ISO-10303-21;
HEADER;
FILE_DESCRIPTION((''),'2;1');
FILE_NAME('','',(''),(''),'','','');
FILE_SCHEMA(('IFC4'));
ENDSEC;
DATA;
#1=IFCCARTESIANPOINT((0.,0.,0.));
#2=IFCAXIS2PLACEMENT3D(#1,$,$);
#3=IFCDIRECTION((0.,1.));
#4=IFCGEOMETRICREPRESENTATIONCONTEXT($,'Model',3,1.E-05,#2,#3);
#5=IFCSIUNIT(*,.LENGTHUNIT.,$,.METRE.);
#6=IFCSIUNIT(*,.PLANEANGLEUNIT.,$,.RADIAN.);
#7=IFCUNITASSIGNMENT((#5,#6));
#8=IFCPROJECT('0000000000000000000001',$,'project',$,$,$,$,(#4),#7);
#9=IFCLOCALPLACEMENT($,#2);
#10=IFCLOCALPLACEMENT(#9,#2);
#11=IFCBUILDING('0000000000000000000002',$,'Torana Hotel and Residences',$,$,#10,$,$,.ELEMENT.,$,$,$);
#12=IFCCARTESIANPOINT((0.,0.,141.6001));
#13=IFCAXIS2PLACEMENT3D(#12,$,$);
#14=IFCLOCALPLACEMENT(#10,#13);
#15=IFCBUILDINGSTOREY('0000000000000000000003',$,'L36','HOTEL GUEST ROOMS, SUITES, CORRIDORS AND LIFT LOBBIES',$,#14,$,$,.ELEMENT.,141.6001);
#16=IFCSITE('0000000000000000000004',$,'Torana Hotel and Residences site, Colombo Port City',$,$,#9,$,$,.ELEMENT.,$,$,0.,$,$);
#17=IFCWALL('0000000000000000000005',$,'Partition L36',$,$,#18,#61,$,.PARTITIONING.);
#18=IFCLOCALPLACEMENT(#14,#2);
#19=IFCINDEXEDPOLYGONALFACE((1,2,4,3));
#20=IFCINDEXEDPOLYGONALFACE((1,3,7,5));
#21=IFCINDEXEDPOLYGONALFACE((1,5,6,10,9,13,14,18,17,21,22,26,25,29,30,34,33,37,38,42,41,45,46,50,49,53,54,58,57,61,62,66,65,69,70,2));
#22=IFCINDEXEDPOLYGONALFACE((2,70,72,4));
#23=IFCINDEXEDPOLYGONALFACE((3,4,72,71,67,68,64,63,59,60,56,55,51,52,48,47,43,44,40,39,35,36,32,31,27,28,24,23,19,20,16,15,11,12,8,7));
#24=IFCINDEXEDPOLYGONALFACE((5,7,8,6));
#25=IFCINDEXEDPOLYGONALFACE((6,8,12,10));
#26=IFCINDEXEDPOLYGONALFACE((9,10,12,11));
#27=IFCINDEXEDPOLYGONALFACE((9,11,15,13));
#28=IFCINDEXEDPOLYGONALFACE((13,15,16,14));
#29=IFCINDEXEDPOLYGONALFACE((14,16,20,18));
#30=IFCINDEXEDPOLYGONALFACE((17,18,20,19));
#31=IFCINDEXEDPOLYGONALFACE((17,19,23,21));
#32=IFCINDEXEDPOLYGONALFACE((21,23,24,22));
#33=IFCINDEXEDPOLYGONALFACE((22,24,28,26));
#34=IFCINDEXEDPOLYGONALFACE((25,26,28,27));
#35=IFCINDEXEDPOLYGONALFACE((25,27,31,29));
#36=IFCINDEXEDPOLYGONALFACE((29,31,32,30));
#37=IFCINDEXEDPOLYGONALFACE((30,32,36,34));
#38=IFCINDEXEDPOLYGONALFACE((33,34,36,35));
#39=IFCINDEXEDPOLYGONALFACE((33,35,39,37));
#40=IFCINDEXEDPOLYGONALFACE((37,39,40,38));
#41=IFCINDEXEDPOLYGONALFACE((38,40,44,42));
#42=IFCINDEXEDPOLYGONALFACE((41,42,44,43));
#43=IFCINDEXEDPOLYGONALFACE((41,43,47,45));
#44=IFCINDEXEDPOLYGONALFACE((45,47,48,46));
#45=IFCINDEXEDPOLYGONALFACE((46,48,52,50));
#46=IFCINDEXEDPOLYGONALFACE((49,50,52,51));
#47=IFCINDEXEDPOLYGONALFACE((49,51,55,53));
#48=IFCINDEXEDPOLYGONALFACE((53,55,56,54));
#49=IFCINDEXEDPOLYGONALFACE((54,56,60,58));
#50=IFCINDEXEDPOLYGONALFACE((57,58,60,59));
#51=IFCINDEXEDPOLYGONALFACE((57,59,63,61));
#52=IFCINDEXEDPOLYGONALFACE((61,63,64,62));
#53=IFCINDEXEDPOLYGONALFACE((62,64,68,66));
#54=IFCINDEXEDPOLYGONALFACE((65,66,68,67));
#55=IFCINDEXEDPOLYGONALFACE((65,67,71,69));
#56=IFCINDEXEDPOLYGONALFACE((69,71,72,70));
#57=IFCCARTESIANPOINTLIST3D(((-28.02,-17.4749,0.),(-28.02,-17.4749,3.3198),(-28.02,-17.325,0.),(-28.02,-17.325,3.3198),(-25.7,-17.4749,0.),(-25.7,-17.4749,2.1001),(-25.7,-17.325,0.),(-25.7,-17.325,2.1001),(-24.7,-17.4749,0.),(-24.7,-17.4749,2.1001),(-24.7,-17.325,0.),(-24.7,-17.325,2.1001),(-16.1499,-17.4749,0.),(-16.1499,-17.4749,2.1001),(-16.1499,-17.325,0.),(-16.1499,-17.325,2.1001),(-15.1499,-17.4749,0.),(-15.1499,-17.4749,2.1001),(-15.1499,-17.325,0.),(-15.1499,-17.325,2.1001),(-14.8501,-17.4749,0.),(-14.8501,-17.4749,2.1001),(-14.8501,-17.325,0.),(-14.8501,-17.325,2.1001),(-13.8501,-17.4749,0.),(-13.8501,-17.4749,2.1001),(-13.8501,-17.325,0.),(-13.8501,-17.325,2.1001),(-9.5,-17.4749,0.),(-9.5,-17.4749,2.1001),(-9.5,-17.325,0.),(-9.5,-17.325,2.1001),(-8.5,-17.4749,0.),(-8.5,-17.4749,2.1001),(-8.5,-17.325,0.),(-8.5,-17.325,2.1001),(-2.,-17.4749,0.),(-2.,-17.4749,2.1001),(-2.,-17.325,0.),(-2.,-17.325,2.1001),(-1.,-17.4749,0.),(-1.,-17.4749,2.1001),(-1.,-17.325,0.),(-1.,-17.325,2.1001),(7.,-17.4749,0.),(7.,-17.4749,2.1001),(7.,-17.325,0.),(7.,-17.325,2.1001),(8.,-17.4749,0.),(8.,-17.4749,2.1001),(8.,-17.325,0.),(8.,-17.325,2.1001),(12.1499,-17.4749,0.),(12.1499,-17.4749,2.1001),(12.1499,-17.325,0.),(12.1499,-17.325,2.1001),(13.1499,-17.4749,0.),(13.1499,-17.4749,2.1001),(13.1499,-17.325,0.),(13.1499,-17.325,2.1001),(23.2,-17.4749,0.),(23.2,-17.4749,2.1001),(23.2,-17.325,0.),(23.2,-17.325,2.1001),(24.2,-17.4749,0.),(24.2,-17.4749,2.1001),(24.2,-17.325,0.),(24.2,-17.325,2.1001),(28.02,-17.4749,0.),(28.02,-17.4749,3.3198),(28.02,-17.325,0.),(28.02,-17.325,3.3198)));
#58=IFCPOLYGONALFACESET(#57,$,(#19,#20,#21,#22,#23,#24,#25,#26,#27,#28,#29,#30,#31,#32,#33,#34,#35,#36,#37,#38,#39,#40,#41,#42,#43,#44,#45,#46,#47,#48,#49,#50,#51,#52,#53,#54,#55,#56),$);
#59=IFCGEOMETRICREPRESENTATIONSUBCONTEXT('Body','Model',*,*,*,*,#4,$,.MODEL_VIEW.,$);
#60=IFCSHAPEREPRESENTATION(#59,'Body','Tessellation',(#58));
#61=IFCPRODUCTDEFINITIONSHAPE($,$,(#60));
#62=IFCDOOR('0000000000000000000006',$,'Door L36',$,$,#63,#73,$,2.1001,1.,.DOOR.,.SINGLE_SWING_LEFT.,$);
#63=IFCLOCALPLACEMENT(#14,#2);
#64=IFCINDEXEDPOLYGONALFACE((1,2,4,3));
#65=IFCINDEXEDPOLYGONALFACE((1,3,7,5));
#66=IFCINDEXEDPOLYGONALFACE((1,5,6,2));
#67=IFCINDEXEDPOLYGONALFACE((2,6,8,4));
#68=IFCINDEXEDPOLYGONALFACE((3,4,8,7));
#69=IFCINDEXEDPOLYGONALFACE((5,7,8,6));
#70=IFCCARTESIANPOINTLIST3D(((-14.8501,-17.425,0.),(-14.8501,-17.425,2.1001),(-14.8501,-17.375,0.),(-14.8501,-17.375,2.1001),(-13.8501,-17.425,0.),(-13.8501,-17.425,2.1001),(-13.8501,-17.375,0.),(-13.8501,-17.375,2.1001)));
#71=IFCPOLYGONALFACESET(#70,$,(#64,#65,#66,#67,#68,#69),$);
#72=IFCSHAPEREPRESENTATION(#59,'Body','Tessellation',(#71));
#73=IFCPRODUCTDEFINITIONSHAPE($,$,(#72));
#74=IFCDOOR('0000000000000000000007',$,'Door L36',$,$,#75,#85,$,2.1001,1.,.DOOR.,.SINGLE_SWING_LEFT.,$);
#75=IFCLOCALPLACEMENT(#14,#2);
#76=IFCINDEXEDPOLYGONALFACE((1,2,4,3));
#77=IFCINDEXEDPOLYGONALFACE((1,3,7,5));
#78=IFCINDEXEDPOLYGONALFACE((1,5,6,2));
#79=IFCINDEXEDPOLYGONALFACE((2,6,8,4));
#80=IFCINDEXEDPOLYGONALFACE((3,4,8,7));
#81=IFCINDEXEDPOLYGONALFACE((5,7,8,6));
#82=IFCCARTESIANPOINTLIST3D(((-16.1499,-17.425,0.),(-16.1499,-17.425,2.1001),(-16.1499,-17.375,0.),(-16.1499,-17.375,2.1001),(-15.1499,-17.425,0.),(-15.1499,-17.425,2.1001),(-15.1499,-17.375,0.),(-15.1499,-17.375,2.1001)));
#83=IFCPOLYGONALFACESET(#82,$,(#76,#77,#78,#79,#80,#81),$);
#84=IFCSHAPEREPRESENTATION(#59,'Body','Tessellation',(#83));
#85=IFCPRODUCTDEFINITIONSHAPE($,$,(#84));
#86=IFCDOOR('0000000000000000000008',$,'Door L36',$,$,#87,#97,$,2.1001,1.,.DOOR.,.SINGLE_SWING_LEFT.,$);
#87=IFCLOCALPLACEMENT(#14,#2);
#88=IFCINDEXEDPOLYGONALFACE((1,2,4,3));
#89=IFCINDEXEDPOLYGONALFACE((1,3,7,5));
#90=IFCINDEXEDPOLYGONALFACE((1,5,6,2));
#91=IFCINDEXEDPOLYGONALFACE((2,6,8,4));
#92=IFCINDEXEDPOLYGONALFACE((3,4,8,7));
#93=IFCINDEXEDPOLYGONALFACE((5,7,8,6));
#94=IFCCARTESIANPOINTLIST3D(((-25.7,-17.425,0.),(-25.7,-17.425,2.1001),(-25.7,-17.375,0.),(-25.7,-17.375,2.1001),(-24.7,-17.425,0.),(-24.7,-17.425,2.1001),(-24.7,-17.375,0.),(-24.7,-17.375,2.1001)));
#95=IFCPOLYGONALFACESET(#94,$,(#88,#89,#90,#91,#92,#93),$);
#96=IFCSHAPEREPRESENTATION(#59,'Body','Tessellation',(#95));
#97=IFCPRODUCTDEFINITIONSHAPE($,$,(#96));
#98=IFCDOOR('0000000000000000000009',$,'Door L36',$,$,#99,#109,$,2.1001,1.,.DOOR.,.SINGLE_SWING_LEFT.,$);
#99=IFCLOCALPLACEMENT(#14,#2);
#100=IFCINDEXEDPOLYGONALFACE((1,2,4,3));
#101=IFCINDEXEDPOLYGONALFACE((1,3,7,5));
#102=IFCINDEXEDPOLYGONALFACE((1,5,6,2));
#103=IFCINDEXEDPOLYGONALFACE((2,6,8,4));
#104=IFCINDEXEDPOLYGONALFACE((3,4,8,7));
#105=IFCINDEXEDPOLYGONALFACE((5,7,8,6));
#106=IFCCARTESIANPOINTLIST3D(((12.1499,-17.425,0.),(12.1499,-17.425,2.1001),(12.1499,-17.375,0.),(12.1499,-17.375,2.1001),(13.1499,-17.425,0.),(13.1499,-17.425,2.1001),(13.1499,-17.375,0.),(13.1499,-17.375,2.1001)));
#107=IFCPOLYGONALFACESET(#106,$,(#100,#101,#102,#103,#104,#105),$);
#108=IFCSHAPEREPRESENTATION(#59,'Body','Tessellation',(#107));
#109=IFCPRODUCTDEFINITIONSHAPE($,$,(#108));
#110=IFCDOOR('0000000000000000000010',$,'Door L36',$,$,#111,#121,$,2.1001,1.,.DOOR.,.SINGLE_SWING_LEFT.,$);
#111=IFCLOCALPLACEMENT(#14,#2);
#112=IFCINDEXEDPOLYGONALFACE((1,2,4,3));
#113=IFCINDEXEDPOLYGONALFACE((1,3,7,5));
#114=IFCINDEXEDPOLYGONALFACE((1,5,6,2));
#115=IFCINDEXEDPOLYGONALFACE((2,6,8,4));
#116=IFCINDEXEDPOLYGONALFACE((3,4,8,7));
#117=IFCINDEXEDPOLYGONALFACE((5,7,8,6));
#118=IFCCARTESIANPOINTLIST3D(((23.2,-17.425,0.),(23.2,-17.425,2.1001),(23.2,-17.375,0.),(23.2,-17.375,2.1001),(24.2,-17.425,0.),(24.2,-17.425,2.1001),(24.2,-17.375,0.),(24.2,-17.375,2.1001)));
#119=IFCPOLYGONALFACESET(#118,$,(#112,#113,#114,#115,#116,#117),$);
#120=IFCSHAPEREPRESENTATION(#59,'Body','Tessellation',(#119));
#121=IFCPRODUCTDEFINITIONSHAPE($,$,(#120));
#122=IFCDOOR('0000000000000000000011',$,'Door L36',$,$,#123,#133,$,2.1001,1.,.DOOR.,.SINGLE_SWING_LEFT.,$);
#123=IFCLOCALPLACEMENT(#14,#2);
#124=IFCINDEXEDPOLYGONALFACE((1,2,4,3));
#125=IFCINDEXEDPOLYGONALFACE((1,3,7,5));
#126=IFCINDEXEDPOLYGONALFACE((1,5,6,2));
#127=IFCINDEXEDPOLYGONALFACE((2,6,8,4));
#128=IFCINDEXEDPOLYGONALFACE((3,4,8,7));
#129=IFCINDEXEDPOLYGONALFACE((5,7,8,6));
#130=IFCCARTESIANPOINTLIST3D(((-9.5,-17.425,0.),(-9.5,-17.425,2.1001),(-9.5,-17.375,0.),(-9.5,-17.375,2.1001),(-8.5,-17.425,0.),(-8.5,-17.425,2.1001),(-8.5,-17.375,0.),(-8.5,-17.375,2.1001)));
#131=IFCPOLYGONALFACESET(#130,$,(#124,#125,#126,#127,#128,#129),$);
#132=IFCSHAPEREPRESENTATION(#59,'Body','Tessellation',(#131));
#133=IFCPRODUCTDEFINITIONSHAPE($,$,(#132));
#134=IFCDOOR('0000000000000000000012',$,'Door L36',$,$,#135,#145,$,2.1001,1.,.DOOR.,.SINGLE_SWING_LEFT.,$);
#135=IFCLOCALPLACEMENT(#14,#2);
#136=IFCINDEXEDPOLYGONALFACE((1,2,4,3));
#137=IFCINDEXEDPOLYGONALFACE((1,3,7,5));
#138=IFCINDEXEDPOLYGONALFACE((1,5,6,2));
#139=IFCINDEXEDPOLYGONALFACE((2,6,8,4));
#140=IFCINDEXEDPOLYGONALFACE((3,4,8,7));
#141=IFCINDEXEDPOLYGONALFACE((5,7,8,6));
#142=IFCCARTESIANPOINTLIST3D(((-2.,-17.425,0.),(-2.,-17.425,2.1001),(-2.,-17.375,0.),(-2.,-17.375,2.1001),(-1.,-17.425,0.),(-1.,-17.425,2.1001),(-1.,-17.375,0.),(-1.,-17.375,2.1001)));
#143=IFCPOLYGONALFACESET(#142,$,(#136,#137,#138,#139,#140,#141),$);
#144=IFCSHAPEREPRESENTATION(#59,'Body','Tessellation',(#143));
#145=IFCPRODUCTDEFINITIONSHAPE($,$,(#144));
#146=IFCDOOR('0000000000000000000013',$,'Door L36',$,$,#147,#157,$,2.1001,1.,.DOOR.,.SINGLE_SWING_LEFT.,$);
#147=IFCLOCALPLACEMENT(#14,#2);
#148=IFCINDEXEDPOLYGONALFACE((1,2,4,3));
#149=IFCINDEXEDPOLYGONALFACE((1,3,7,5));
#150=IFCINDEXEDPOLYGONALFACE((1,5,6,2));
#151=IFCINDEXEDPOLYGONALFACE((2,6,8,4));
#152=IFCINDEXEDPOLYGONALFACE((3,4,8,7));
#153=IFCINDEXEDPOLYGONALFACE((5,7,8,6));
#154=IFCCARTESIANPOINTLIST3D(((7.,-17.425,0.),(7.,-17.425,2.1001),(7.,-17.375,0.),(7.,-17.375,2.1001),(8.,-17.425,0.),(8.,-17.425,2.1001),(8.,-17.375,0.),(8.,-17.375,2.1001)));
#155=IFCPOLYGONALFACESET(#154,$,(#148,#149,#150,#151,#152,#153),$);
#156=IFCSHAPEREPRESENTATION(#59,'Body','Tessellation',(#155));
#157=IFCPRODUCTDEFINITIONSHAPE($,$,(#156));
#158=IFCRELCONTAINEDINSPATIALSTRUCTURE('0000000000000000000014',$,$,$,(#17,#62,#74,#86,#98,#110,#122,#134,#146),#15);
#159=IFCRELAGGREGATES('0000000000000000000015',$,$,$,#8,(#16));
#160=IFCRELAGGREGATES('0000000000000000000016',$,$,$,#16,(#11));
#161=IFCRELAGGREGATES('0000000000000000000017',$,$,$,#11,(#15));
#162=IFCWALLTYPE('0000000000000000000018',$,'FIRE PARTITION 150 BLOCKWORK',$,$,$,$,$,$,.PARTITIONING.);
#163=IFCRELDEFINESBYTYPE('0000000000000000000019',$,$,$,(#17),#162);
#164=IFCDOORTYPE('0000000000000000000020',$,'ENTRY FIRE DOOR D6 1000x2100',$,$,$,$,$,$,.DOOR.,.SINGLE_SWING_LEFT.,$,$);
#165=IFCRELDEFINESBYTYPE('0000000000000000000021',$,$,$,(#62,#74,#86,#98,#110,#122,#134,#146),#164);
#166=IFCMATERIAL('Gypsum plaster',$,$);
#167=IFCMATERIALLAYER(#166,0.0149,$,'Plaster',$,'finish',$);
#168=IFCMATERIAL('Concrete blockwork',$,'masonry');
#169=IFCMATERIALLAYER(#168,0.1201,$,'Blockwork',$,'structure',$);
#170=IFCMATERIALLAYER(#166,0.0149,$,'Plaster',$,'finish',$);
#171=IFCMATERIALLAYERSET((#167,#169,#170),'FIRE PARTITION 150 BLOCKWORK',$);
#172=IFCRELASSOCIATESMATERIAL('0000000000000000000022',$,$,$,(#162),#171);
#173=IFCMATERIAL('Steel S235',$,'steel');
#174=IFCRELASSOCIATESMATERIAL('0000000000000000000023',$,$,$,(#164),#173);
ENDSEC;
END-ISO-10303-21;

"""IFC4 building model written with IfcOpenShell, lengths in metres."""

from ifc_helpers import new_model, si_unit, direction, frame, frame_2d, origin, place, context, subcontext, project, spatial, rectangle, extrude, material, layer, layer_set, type_object, element, fill, save


model = new_model("IFC4")

# Units and contexts
model_context = context("Model", 3, precision=1e-05, world=origin(), true_north=direction((0.0, 1.0)))
body_context = subcontext(model_context, "Body", "Model", "MODEL_VIEW")
ifc_project = project(units=[si_unit("LENGTHUNIT", "METRE"), si_unit("PLANEANGLEUNIT", "RADIAN")], contexts=[model_context])

# Site, building, storey
site_placement = place(None, origin())
site = spatial("IfcSite", under=ifc_project, at=site_placement, Name="Torana Hotel and Residences site, Colombo Port City", CompositionType="ELEMENT", RefElevation=0.0)
building_placement = place(site_placement, origin())
building = spatial("IfcBuilding", under=site, at=building_placement, Name="Torana Hotel and Residences", CompositionType="ELEMENT")
storey_placement = place(building_placement, frame((0.0, 0.0, 141.6001)))
storey = spatial("IfcBuildingStorey", under=building, at=storey_placement, Name="L36", Description="HOTEL GUEST ROOMS, SUITES, CORRIDORS AND LIFT LOBBIES", CompositionType="ELEMENT", Elevation=141.6001)

# Wall, openings, doors
ifc_material_1 = material(Name="Gypsum plaster")
ifc_layer_1 = layer(ifc_material_1, 0.0149, Name="Plaster", Category="finish")
ifc_material_2 = material(Name="Concrete blockwork", Category="masonry")
ifc_layer_2 = layer(ifc_material_2, 0.1201, Name="Blockwork", Category="structure")
ifc_layer_3 = layer(ifc_material_1, 0.0149, Name="Plaster", Category="finish")
ifc_layer_set_1 = layer_set([ifc_layer_1, ifc_layer_2, ifc_layer_3], Name="FIRE PARTITION 150 BLOCKWORK")
wall_type_1 = type_object("IfcWallType", Name="FIRE PARTITION 150 BLOCKWORK", PredefinedType="PARTITIONING", material=ifc_layer_set_1)
wall_1_placement = place(storey_placement, frame((-28.02, -17.3999, 0.0), z_axis=(0.0, 0.0, 1.0), x_axis=(1.0, 0.0, 0.0)))
wall_1 = element("IfcWall", 1, at=wall_1_placement, inside=storey, type_object=wall_type_1, Name="Partition L36", PredefinedType="PARTITIONING", context=body_context, shape_type="SweptSolid", body=[
    extrude(rectangle(XDim=56.04, YDim=0.1499, at=frame_2d((28.02, 0.0))), origin(), (0.0, 0.0, 1.0), 3.3198),
])
opening_1_placement = place(wall_1_placement, frame((13.1699, 0.0, 0.0)))
opening_1 = element("IfcOpeningElement", 2, at=opening_1_placement, cuts=wall_1, PredefinedType="OPENING", context=body_context, shape_type="SweptSolid", body=[
    extrude(rectangle(XDim=1.0, YDim=2.1001, at=frame_2d((0.5, 1.05))), frame((0.0, 0.085, 0.0), z_axis=(0.0, -1.0, 0.0), x_axis=(1.0, 0.0, 0.0)), (0.0, 0.0, 1.0), 0.1699),
])
opening_2_placement = place(wall_1_placement, frame((11.8701, 0.0, 0.0)))
opening_2 = element("IfcOpeningElement", 3, at=opening_2_placement, cuts=wall_1, PredefinedType="OPENING", context=body_context, shape_type="SweptSolid", body=[
    extrude(rectangle(XDim=1.0, YDim=2.1001, at=frame_2d((0.5, 1.05))), frame((0.0, 0.085, 0.0), z_axis=(0.0, -1.0, 0.0), x_axis=(1.0, 0.0, 0.0)), (0.0, 0.0, 1.0), 0.1699),
])
opening_3_placement = place(wall_1_placement, frame((2.3201, 0.0, 0.0)))
opening_3 = element("IfcOpeningElement", 4, at=opening_3_placement, cuts=wall_1, PredefinedType="OPENING", context=body_context, shape_type="SweptSolid", body=[
    extrude(rectangle(XDim=1.0, YDim=2.1001, at=frame_2d((0.5, 1.05))), frame((0.0, 0.085, 0.0), z_axis=(0.0, -1.0, 0.0), x_axis=(1.0, 0.0, 0.0)), (0.0, 0.0, 1.0), 0.1699),
])
opening_4_placement = place(wall_1_placement, frame((40.1699, 0.0, 0.0)))
opening_4 = element("IfcOpeningElement", 5, at=opening_4_placement, cuts=wall_1, PredefinedType="OPENING", context=body_context, shape_type="SweptSolid", body=[
    extrude(rectangle(XDim=1.0, YDim=2.1001, at=frame_2d((0.5, 1.05))), frame((0.0, 0.085, 0.0), z_axis=(0.0, -1.0, 0.0), x_axis=(1.0, 0.0, 0.0)), (0.0, 0.0, 1.0), 0.1699),
])
opening_5_placement = place(wall_1_placement, frame((51.22, 0.0, 0.0)))
opening_5 = element("IfcOpeningElement", 6, at=opening_5_placement, cuts=wall_1, PredefinedType="OPENING", context=body_context, shape_type="SweptSolid", body=[
    extrude(rectangle(XDim=1.0, YDim=2.1001, at=frame_2d((0.5, 1.05))), frame((0.0, 0.085, 0.0), z_axis=(0.0, -1.0, 0.0), x_axis=(1.0, 0.0, 0.0)), (0.0, 0.0, 1.0), 0.1699),
])
opening_6_placement = place(wall_1_placement, frame((18.52, 0.0, 0.0)))
opening_6 = element("IfcOpeningElement", 7, at=opening_6_placement, cuts=wall_1, PredefinedType="OPENING", context=body_context, shape_type="SweptSolid", body=[
    extrude(rectangle(XDim=1.0, YDim=2.1001, at=frame_2d((0.5, 1.05))), frame((0.0, 0.085, 0.0), z_axis=(0.0, -1.0, 0.0), x_axis=(1.0, 0.0, 0.0)), (0.0, 0.0, 1.0), 0.1699),
])
opening_7_placement = place(wall_1_placement, frame((26.02, 0.0, 0.0)))
opening_7 = element("IfcOpeningElement", 8, at=opening_7_placement, cuts=wall_1, PredefinedType="OPENING", context=body_context, shape_type="SweptSolid", body=[
    extrude(rectangle(XDim=1.0, YDim=2.1001, at=frame_2d((0.5, 1.05))), frame((0.0, 0.085, 0.0), z_axis=(0.0, -1.0, 0.0), x_axis=(1.0, 0.0, 0.0)), (0.0, 0.0, 1.0), 0.1699),
])
opening_8_placement = place(wall_1_placement, frame((35.02, 0.0, 0.0)))
opening_8 = element("IfcOpeningElement", 9, at=opening_8_placement, cuts=wall_1, PredefinedType="OPENING", context=body_context, shape_type="SweptSolid", body=[
    extrude(rectangle(XDim=1.0, YDim=2.1001, at=frame_2d((0.5, 1.05))), frame((0.0, 0.085, 0.0), z_axis=(0.0, -1.0, 0.0), x_axis=(1.0, 0.0, 0.0)), (0.0, 0.0, 1.0), 0.1699),
])
ifc_material_3 = material(Name="Steel S235", Category="steel")
door_type_1 = type_object("IfcDoorType", Name="ENTRY FIRE DOOR D6 1000x2100", OperationType="SINGLE_SWING_LEFT", PredefinedType="DOOR", material=ifc_material_3)
door_1_placement = place(opening_1_placement, frame((0.5, 0.0, 0.0), z_axis=(0.0, 0.0, 1.0), x_axis=(-1.0, 0.0, 0.0)))
door_1 = element("IfcDoor", 10, at=door_1_placement, inside=storey, type_object=door_type_1, Name="Door L36", OperationType="SINGLE_SWING_LEFT", OverallHeight=2.1001, OverallWidth=1.0, PredefinedType="DOOR", context=body_context, shape_type="SweptSolid", body=[
    extrude(rectangle(XDim=1.0, YDim=2.1001, at=frame_2d((0.0, 1.05))), frame((0.0, -0.0249, 0.0), z_axis=(0.0, 1.0, 0.0), x_axis=(-1.0, 0.0, 0.0)), (0.0, 0.0, 1.0), 0.05),
])
fill(opening_1, door_1)
door_2_placement = place(opening_2_placement, frame((0.5, 0.0, 0.0), z_axis=(0.0, 0.0, 1.0), x_axis=(-1.0, 0.0, 0.0)))
door_2 = element("IfcDoor", 11, at=door_2_placement, inside=storey, type_object=door_type_1, Name="Door L36", OperationType="SINGLE_SWING_LEFT", OverallHeight=2.1001, OverallWidth=1.0, PredefinedType="DOOR", context=body_context, shape_type="SweptSolid", body=[
    extrude(rectangle(XDim=1.0, YDim=2.1001, at=frame_2d((0.0, 1.05))), frame((0.0, -0.0249, 0.0), z_axis=(0.0, 1.0, 0.0), x_axis=(-1.0, 0.0, 0.0)), (0.0, 0.0, 1.0), 0.05),
])
fill(opening_2, door_2)
door_3_placement = place(opening_3_placement, frame((0.5, 0.0, 0.0), z_axis=(0.0, 0.0, 1.0), x_axis=(-1.0, 0.0, 0.0)))
door_3 = element("IfcDoor", 12, at=door_3_placement, inside=storey, type_object=door_type_1, Name="Door L36", OperationType="SINGLE_SWING_LEFT", OverallHeight=2.1001, OverallWidth=1.0, PredefinedType="DOOR", context=body_context, shape_type="SweptSolid", body=[
    extrude(rectangle(XDim=1.0, YDim=2.1001, at=frame_2d((0.0, 1.05))), frame((0.0, -0.0249, 0.0), z_axis=(0.0, 1.0, 0.0), x_axis=(-1.0, 0.0, 0.0)), (0.0, 0.0, 1.0), 0.05),
])
fill(opening_3, door_3)
door_4_placement = place(opening_4_placement, frame((0.5, 0.0, 0.0), z_axis=(0.0, 0.0, 1.0), x_axis=(-1.0, 0.0, 0.0)))
door_4 = element("IfcDoor", 13, at=door_4_placement, inside=storey, type_object=door_type_1, Name="Door L36", OperationType="SINGLE_SWING_LEFT", OverallHeight=2.1001, OverallWidth=1.0, PredefinedType="DOOR", context=body_context, shape_type="SweptSolid", body=[
    extrude(rectangle(XDim=1.0, YDim=2.1001, at=frame_2d((0.0, 1.05))), frame((0.0, -0.0249, 0.0), z_axis=(0.0, 1.0, 0.0), x_axis=(-1.0, 0.0, 0.0)), (0.0, 0.0, 1.0), 0.05),
])
fill(opening_4, door_4)
door_5_placement = place(opening_5_placement, frame((0.5, 0.0, 0.0), z_axis=(0.0, 0.0, 1.0), x_axis=(-1.0, 0.0, 0.0)))
door_5 = element("IfcDoor", 14, at=door_5_placement, inside=storey, type_object=door_type_1, Name="Door L36", OperationType="SINGLE_SWING_LEFT", OverallHeight=2.1001, OverallWidth=1.0, PredefinedType="DOOR", context=body_context, shape_type="SweptSolid", body=[
    extrude(rectangle(XDim=1.0, YDim=2.1001, at=frame_2d((0.0, 1.05))), frame((0.0, -0.0249, 0.0), z_axis=(0.0, 1.0, 0.0), x_axis=(-1.0, 0.0, 0.0)), (0.0, 0.0, 1.0), 0.05),
])
fill(opening_5, door_5)
door_6_placement = place(opening_6_placement, frame((0.5, 0.0, 0.0), z_axis=(0.0, 0.0, 1.0), x_axis=(-1.0, 0.0, 0.0)))
door_6 = element("IfcDoor", 15, at=door_6_placement, inside=storey, type_object=door_type_1, Name="Door L36", OperationType="SINGLE_SWING_LEFT", OverallHeight=2.1001, OverallWidth=1.0, PredefinedType="DOOR", context=body_context, shape_type="SweptSolid", body=[
    extrude(rectangle(XDim=1.0, YDim=2.1001, at=frame_2d((0.0, 1.05))), frame((0.0, -0.0249, 0.0), z_axis=(0.0, 1.0, 0.0), x_axis=(-1.0, 0.0, 0.0)), (0.0, 0.0, 1.0), 0.05),
])
fill(opening_6, door_6)
door_7_placement = place(opening_7_placement, frame((0.5, 0.0, 0.0), z_axis=(0.0, 0.0, 1.0), x_axis=(-1.0, 0.0, 0.0)))
door_7 = element("IfcDoor", 16, at=door_7_placement, inside=storey, type_object=door_type_1, Name="Door L36", OperationType="SINGLE_SWING_LEFT", OverallHeight=2.1001, OverallWidth=1.0, PredefinedType="DOOR", context=body_context, shape_type="SweptSolid", body=[
    extrude(rectangle(XDim=1.0, YDim=2.1001, at=frame_2d((0.0, 1.05))), frame((0.0, -0.0249, 0.0), z_axis=(0.0, 1.0, 0.0), x_axis=(-1.0, 0.0, 0.0)), (0.0, 0.0, 1.0), 0.05),
])
fill(opening_7, door_7)
door_8_placement = place(opening_8_placement, frame((0.5, 0.0, 0.0), z_axis=(0.0, 0.0, 1.0), x_axis=(-1.0, 0.0, 0.0)))
door_8 = element("IfcDoor", 17, at=door_8_placement, inside=storey, type_object=door_type_1, Name="Door L36", OperationType="SINGLE_SWING_LEFT", OverallHeight=2.1001, OverallWidth=1.0, PredefinedType="DOOR", context=body_context, shape_type="SweptSolid", body=[
    extrude(rectangle(XDim=1.0, YDim=2.1001, at=frame_2d((0.0, 1.05))), frame((0.0, -0.0249, 0.0), z_axis=(0.0, 1.0, 0.0), x_axis=(-1.0, 0.0, 0.0)), (0.0, 0.0, 1.0), 0.05),
])
fill(opening_8, door_8)

save(model, "model.ifc")
